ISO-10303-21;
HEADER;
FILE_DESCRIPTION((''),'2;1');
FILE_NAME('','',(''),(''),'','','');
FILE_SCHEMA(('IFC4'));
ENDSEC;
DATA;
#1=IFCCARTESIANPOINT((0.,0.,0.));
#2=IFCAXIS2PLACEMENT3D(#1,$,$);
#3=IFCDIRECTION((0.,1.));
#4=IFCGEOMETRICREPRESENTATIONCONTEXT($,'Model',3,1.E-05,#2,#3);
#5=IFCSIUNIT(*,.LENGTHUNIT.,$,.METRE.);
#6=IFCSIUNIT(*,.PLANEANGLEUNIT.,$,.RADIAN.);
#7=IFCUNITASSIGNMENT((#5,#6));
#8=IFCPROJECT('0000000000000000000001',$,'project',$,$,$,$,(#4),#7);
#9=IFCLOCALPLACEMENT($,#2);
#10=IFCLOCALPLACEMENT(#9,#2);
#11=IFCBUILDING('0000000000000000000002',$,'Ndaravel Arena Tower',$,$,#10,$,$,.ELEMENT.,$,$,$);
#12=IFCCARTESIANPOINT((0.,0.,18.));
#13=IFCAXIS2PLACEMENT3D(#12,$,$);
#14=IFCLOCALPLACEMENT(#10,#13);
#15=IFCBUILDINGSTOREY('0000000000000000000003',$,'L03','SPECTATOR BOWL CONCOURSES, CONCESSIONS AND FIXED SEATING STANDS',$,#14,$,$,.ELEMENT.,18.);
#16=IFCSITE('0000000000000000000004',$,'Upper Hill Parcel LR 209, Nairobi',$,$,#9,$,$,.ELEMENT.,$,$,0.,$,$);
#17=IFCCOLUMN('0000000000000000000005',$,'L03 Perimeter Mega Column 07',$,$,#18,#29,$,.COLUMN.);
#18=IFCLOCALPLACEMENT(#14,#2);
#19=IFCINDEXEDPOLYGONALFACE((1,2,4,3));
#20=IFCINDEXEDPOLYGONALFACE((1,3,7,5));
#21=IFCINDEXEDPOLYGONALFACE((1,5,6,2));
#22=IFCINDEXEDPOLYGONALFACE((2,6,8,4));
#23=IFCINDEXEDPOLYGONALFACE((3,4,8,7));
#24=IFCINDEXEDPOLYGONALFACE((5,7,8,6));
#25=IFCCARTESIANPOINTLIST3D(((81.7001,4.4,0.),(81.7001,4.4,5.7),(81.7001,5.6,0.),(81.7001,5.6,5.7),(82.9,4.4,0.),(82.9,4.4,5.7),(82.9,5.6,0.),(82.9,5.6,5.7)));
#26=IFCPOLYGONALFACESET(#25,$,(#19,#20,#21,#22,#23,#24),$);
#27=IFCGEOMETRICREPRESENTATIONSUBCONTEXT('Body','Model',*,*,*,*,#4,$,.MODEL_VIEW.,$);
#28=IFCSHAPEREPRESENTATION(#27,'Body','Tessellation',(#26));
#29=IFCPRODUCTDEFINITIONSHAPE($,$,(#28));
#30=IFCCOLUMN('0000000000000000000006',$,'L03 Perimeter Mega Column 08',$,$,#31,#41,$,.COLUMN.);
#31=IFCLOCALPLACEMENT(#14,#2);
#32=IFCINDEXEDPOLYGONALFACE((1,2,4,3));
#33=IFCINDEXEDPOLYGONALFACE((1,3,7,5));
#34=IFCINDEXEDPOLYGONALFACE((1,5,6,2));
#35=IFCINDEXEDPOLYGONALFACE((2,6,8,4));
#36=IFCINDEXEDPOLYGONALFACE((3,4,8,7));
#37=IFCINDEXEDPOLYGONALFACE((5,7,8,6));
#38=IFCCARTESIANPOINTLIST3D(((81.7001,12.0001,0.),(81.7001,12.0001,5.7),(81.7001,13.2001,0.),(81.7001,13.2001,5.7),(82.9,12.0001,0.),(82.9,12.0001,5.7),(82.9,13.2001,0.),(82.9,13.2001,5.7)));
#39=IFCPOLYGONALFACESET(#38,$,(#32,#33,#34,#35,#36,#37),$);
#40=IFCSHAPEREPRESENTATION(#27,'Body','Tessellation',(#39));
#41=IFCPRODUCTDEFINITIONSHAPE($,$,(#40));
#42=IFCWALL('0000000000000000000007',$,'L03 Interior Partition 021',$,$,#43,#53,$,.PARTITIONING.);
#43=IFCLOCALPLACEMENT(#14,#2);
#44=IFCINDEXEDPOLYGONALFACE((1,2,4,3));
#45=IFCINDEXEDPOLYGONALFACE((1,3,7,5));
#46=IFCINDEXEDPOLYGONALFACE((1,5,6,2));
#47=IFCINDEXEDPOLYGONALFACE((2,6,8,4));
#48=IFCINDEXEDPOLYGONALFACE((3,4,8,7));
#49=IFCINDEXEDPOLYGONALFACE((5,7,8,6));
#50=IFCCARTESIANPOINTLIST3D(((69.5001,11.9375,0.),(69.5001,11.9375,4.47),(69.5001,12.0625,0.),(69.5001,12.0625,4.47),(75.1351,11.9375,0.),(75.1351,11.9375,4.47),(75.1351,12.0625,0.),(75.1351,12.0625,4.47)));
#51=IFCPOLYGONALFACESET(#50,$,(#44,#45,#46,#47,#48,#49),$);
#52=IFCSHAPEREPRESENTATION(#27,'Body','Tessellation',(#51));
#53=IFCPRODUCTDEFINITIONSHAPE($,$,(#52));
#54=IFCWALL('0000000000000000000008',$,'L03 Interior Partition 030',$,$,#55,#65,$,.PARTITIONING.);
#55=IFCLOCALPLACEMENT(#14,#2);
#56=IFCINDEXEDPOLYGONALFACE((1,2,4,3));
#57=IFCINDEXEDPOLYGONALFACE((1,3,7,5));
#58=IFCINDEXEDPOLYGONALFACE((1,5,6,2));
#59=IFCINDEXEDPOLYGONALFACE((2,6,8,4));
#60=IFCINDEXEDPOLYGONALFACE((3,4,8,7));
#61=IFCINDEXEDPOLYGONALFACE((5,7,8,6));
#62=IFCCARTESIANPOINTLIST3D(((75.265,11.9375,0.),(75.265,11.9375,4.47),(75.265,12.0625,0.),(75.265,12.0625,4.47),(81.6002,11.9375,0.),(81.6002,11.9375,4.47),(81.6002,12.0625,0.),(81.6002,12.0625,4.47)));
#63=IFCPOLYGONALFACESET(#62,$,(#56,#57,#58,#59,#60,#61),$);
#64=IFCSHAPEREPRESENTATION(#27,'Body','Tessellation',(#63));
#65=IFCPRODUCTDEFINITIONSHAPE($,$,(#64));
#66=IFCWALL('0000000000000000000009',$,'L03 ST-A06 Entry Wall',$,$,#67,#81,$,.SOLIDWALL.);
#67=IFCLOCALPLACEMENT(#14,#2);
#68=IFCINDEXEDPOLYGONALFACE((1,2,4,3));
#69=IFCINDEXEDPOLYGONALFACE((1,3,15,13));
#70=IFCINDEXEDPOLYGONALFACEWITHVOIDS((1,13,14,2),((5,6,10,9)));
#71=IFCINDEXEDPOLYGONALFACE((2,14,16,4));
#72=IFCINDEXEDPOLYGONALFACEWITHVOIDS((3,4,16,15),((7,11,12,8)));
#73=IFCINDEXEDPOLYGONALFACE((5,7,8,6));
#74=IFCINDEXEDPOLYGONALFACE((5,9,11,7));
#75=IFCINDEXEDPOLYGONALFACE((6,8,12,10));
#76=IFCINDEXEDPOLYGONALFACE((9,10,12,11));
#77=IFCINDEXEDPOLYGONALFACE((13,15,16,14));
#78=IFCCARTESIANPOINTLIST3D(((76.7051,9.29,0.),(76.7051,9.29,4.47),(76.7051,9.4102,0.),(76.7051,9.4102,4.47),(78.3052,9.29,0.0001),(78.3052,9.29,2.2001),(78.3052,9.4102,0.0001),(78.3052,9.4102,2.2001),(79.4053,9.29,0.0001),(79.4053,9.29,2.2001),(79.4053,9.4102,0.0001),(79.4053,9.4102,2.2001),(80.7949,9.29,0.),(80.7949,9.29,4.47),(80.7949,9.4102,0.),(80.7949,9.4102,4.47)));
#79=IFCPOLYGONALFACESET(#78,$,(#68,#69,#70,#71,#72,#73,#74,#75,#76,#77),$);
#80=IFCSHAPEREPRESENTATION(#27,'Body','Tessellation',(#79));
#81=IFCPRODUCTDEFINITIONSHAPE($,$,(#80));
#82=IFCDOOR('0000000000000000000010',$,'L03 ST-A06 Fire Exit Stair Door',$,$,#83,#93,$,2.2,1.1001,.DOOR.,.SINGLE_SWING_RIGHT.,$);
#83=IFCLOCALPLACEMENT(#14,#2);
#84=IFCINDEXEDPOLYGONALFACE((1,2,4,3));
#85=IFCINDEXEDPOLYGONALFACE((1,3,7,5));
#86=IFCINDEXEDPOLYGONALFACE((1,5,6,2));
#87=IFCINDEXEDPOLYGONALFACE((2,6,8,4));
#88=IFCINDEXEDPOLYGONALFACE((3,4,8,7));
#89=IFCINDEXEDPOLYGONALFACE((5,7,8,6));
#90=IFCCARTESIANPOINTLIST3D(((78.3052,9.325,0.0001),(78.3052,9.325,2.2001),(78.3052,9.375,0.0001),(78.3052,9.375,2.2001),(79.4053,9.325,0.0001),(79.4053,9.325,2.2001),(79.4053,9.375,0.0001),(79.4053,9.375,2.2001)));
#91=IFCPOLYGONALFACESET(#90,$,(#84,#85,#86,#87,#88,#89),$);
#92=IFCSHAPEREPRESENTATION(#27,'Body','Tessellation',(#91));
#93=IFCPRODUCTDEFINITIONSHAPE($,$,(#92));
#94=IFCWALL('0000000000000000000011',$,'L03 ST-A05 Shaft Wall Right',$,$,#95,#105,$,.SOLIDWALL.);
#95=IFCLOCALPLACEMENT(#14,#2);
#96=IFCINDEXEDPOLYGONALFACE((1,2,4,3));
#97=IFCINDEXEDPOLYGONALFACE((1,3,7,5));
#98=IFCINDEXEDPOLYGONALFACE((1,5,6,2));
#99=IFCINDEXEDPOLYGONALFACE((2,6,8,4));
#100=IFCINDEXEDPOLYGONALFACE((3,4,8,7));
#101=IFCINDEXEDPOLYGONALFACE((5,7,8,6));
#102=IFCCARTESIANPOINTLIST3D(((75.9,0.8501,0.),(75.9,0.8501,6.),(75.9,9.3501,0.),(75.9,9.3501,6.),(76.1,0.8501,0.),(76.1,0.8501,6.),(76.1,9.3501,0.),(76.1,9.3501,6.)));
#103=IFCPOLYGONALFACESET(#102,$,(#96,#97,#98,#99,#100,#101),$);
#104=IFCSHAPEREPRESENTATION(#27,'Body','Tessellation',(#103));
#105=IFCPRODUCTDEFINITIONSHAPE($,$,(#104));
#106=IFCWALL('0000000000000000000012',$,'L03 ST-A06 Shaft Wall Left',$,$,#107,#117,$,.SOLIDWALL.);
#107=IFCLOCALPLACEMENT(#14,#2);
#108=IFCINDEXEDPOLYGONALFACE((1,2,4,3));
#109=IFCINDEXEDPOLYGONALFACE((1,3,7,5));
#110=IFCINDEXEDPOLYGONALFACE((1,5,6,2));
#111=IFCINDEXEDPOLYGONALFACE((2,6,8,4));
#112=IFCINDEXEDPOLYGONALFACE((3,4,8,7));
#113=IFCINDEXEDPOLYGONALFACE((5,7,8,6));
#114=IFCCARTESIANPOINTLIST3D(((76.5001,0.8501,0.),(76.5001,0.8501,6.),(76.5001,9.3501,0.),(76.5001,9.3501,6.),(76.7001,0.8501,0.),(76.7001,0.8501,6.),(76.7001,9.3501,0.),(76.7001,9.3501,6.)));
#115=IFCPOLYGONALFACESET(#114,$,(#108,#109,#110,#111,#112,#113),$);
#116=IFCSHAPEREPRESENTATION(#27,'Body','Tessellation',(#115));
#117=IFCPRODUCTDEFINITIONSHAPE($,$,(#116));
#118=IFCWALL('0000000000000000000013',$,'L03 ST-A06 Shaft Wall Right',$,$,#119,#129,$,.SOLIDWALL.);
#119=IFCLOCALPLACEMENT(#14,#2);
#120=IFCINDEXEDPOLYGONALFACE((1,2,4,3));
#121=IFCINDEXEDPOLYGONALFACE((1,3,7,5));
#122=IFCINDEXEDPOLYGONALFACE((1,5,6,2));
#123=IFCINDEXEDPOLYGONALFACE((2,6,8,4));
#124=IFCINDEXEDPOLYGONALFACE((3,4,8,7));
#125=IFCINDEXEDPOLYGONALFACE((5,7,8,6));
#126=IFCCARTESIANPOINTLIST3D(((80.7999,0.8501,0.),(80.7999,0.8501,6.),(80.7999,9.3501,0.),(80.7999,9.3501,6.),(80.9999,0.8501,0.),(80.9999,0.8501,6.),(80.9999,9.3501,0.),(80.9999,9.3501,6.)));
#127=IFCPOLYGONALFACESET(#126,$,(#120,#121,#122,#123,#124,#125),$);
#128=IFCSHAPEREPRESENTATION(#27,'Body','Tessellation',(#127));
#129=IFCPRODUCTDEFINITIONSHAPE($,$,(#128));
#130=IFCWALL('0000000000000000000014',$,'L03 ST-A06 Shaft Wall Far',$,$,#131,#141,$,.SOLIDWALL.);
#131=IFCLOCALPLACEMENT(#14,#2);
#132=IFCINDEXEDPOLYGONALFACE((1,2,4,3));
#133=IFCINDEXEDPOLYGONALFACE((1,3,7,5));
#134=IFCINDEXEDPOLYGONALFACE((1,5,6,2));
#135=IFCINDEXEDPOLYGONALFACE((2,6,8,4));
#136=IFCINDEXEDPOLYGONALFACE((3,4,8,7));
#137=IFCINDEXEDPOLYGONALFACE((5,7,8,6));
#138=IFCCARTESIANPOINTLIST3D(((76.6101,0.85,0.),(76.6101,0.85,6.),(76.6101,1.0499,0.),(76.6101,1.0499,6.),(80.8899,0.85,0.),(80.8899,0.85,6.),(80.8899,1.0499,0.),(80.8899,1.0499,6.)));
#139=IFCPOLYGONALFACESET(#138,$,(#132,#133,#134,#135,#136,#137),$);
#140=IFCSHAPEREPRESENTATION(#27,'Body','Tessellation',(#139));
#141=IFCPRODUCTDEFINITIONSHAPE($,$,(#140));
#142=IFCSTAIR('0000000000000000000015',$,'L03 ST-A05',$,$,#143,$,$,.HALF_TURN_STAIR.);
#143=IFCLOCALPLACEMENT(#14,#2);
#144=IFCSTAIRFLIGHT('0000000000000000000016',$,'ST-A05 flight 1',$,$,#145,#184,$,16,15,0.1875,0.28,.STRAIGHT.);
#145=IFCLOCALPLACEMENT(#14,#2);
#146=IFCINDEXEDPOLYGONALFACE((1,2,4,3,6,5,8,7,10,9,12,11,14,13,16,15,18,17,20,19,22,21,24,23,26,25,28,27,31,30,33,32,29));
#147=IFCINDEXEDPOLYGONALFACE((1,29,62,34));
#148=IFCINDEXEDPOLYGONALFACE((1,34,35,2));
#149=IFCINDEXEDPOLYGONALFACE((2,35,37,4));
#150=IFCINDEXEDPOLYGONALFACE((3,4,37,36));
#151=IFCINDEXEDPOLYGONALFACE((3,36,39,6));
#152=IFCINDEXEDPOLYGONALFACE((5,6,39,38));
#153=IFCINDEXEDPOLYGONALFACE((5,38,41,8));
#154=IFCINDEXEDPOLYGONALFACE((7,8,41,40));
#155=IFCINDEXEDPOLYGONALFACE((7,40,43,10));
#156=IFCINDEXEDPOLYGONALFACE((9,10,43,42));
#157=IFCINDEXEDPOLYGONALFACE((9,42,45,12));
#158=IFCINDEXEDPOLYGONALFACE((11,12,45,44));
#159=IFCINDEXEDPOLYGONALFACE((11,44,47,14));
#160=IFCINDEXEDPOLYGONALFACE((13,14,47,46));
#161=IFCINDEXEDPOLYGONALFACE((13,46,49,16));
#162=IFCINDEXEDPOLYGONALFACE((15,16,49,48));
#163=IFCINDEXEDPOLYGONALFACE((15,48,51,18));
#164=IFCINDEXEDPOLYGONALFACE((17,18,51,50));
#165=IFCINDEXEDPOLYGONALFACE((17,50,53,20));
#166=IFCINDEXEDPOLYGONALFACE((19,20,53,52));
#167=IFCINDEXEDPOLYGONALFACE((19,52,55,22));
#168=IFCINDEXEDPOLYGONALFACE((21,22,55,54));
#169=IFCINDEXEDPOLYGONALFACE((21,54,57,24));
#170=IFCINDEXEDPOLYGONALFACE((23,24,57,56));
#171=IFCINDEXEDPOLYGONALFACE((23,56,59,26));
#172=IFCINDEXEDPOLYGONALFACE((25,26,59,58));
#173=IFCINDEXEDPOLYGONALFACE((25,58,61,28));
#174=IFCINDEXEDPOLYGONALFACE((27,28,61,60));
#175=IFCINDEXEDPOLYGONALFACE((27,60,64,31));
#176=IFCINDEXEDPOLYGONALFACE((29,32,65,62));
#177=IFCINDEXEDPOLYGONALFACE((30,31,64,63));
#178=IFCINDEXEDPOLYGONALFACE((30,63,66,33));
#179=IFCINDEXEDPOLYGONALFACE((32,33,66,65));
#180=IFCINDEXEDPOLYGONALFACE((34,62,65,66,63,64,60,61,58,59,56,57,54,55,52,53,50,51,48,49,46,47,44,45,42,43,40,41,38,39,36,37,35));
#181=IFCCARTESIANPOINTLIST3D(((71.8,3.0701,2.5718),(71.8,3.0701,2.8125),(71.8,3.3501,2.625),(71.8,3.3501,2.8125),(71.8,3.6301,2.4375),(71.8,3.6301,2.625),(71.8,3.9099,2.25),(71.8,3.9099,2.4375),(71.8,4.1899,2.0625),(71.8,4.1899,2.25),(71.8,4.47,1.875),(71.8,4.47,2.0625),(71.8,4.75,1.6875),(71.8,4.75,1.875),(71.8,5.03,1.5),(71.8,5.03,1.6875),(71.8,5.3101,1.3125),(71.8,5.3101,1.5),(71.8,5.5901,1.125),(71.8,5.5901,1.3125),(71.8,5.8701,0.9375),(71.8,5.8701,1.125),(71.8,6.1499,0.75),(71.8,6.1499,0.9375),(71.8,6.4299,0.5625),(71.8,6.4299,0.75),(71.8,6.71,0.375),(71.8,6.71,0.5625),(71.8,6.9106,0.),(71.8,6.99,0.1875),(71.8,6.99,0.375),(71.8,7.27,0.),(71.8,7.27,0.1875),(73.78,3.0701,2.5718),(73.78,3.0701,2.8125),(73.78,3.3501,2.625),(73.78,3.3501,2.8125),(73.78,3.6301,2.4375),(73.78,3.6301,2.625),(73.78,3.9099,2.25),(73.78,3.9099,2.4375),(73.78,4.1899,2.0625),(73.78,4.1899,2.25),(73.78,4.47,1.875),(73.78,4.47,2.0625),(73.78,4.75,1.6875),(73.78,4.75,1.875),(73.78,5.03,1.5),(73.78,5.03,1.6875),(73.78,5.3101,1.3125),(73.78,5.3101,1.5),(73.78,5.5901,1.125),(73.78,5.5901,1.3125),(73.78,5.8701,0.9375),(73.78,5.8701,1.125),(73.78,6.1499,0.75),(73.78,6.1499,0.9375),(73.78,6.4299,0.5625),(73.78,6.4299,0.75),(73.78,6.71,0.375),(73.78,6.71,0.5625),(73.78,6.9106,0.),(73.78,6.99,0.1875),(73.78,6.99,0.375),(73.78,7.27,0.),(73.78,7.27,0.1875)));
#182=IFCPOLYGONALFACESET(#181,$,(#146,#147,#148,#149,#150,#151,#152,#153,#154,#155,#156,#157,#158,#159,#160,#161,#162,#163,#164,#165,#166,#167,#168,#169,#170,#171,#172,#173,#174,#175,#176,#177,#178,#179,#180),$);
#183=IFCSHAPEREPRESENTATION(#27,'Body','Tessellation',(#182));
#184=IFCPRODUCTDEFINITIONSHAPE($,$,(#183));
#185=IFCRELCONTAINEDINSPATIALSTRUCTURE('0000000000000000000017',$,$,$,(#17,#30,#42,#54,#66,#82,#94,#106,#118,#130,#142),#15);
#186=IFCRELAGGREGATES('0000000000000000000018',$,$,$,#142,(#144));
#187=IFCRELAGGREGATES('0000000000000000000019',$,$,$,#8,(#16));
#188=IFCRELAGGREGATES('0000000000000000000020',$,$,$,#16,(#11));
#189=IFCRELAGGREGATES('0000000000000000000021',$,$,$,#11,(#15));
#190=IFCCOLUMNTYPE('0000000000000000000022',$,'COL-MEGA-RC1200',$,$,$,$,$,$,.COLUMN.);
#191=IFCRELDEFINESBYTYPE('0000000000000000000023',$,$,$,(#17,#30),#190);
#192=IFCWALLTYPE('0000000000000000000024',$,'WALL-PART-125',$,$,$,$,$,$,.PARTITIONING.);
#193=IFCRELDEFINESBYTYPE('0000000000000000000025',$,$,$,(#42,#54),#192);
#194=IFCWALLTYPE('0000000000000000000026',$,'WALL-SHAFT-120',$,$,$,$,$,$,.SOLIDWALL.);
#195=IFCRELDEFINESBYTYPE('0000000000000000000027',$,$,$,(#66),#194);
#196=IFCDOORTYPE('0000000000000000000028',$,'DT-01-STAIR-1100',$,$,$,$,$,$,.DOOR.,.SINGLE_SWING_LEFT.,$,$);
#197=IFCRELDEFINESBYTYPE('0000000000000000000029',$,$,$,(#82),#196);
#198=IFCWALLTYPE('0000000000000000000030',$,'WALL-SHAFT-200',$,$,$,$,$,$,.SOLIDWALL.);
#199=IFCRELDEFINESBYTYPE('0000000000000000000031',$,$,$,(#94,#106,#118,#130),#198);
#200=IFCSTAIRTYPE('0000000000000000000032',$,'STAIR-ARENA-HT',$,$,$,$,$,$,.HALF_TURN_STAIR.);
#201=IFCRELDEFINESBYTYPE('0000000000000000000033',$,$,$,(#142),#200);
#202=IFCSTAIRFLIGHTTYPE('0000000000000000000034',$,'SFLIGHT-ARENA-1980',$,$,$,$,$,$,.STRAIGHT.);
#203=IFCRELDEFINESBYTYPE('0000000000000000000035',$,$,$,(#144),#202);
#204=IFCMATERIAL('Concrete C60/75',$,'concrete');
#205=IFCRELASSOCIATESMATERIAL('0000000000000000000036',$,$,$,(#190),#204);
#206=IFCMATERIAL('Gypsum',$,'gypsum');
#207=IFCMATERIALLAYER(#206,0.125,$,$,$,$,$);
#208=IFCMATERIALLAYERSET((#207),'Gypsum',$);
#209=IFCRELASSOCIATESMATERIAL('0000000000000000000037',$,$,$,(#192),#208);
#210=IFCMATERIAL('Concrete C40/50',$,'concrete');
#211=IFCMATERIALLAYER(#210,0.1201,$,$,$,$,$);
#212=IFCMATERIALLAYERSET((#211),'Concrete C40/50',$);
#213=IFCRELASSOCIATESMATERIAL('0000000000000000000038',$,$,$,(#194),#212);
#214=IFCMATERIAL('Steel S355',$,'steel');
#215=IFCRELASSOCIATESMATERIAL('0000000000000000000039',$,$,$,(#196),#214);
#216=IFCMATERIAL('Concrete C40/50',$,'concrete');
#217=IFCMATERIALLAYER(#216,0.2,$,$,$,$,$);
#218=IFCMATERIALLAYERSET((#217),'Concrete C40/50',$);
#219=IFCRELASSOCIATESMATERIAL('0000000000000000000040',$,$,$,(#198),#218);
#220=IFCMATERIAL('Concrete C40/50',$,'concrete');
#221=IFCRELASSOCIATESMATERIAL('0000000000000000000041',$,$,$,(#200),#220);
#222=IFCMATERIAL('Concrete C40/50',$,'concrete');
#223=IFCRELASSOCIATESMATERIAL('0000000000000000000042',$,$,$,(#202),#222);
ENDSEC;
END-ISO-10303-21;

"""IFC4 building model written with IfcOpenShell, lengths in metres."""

from ifc_helpers import new_model, si_unit, direction, frame, frame_2d, origin, origin_2d, place, context, subcontext, project, spatial, polyline, rectangle, outline, extrude, material, layer, layer_set, material_profile, profile_set, type_object, element, fill, aggregate, save


model = new_model("IFC4")

# Units and contexts
model_context = context("Model", 3, precision=1e-05, world=origin(), true_north=direction((0.0, 1.0)))
body_context = subcontext(model_context, "Body", "Model", "MODEL_VIEW")
ifc_project = project(units=[si_unit("LENGTHUNIT", "METRE"), si_unit("PLANEANGLEUNIT", "RADIAN")], contexts=[model_context])

# Site, building, storey
site_placement = place(None, origin())
site = spatial("IfcSite", under=ifc_project, at=site_placement, Name="Upper Hill Parcel LR 209, Nairobi", CompositionType="ELEMENT", RefElevation=0.0)
building_placement = place(site_placement, origin())
building = spatial("IfcBuilding", under=site, at=building_placement, Name="Ndaravel Arena Tower", CompositionType="ELEMENT")
storey_placement = place(building_placement, frame((0.0, 0.0, 18.0)))
storey = spatial("IfcBuildingStorey", under=building, at=storey_placement, Name="L03", Description="SPECTATOR BOWL CONCOURSES, CONCESSIONS AND FIXED SEATING STANDS", CompositionType="ELEMENT", Elevation=18.0)

# Columns
ifc_material_1 = material(Name="Concrete C60/75", Category="concrete")
ifc_material_profile = material_profile(ifc_material_1, rectangle(XDim=1.2, YDim=1.2, at=origin_2d()), Name="RC 1200x1200")
ifc_profile_set = profile_set([ifc_material_profile], Name="Concrete C60/75")
column_type = type_object("IfcColumnType", Name="COL-MEGA-RC1200", PredefinedType="COLUMN", material=ifc_profile_set)
for number, where, z_axis, x_axis, name in (
    (1, (82.3, 5.0, 0.0), (0.0, 0.0, 1.0), (1.0, 0.0, 0.0), "L03 Perimeter Mega Column 07"),
    (2, (82.3, 12.6001, 0.0), (0.0, 0.0, 1.0), (1.0, 0.0, 0.0), "L03 Perimeter Mega Column 08"),
):
    element("IfcColumn", number, at=place(storey_placement, frame(where, z_axis=z_axis, x_axis=x_axis)), inside=storey, type_object=column_type, Name=name, PredefinedType="COLUMN", context=body_context, shape_type="SweptSolid", body=[
        extrude(rectangle(XDim=1.2, YDim=1.2, at=origin_2d()), origin(), (0.0, 0.0, 1.0), 5.7),
    ])

# Walls
ifc_material_2 = material(Name="Gypsum", Category="gypsum")
ifc_layer_1 = layer(ifc_material_2, 0.125)
ifc_layer_set_1 = layer_set([ifc_layer_1], Name="Gypsum")
wall_type_1 = type_object("IfcWallType", Name="WALL-PART-125", PredefinedType="PARTITIONING", material=ifc_layer_set_1)
wall_1_placement = place(storey_placement, frame((75.135, 12.0, 0.0), z_axis=(0.0, 0.0, 1.0), x_axis=(-1.0, 0.0, 0.0)))
element("IfcWall", 3, at=wall_1_placement, inside=storey, type_object=wall_type_1, Name="L03 Interior Partition 021", PredefinedType="PARTITIONING", context=body_context, shape_type="SweptSolid", body=[
    extrude(rectangle(XDim=5.635, YDim=0.125, at=frame_2d((2.8174, 0.0))), origin(), (0.0, 0.0, 1.0), 4.47),
])
wall_2_placement = place(storey_placement, frame((81.6001, 12.0, 0.0), z_axis=(0.0, 0.0, 1.0), x_axis=(-1.0, 0.0, 0.0)))
element("IfcWall", 4, at=wall_2_placement, inside=storey, type_object=wall_type_1, Name="L03 Interior Partition 030", PredefinedType="PARTITIONING", context=body_context, shape_type="SweptSolid", body=[
    extrude(rectangle(XDim=6.3352, YDim=0.125, at=frame_2d((3.1675, 0.0))), origin(), (0.0, 0.0, 1.0), 4.47),
])

# Wall, opening, door
ifc_material_3 = material(Name="Concrete C40/50", Category="concrete")
ifc_layer_2 = layer(ifc_material_3, 0.1201)
ifc_layer_set_2 = layer_set([ifc_layer_2], Name="Concrete C40/50")
wall_type_2 = type_object("IfcWallType", Name="WALL-SHAFT-120", PredefinedType="SOLIDWALL", material=ifc_layer_set_2)
wall_3_placement = place(storey_placement, frame((76.7051, 9.3501, 0.0), z_axis=(0.0, 0.0, 1.0), x_axis=(1.0, 0.0, 0.0)))
wall_3 = element("IfcWall", 5, at=wall_3_placement, inside=storey, type_object=wall_type_2, Name="L03 ST-A06 Entry Wall", PredefinedType="SOLIDWALL", context=body_context, shape_type="SweptSolid", body=[
    extrude(rectangle(XDim=4.0898, YDim=0.1201, at=frame_2d((2.0449, 0.0))), origin(), (0.0, 0.0, 1.0), 4.47),
])
opening_1_placement = place(wall_3_placement, frame((1.6001, 0.0, 0.0)))
opening_1 = element("IfcOpeningElement", 6, at=opening_1_placement, cuts=wall_3, PredefinedType="OPENING", context=body_context, shape_type="SweptSolid", body=[
    extrude(rectangle(XDim=1.1001, YDim=2.2, at=frame_2d((0.55, 1.1001))), frame((0.0, 0.0601, 0.0), z_axis=(0.0, -1.0, 0.0), x_axis=(1.0, 0.0, 0.0)), (0.0, 0.0, 1.0), 0.1201),
])
ifc_material_4 = material(Name="Steel S355", Category="steel")
door_type = type_object("IfcDoorType", Name="DT-01-STAIR-1100", OperationType="SINGLE_SWING_LEFT", PredefinedType="DOOR", material=ifc_material_4)
door_placement = place(opening_1_placement, origin())
door = element("IfcDoor", 7, at=door_placement, inside=storey, type_object=door_type, Name="L03 ST-A06 Fire Exit Stair Door", OperationType="SINGLE_SWING_RIGHT", OverallHeight=2.2, OverallWidth=1.1001, PredefinedType="DOOR", context=body_context, shape_type="SweptSolid", body=[
    extrude(rectangle(XDim=1.1001, YDim=2.2, at=frame_2d((0.55, 1.1001))), frame((0.0, 0.0249, 0.0), z_axis=(0.0, -1.0, 0.0), x_axis=(1.0, 0.0, 0.0)), (0.0, 0.0, 1.0), 0.05),
])
fill(opening_1, door)

# Walls
ifc_material_5 = material(Name="Concrete C40/50", Category="concrete")
ifc_layer_3 = layer(ifc_material_5, 0.2)
ifc_layer_set_3 = layer_set([ifc_layer_3], Name="Concrete C40/50")
wall_type_3 = type_object("IfcWallType", Name="WALL-SHAFT-200", PredefinedType="SOLIDWALL", material=ifc_layer_set_3)
for number, where, z_axis, x_axis, name in (
    (8, (76.0, 9.3501, 0.0), (0.0, 0.0, 1.0), (0.0, -1.0, 0.0), "L03 ST-A05 Shaft Wall Right"),
    (9, (76.6001, 9.3501, 0.0), (0.0, 0.0, 1.0), (0.0, -1.0, 0.0), "L03 ST-A06 Shaft Wall Left"),
    (10, (80.8999, 9.3501, 0.0), (0.0, 0.0, 1.0), (0.0, -1.0, 0.0), "L03 ST-A06 Shaft Wall Right"),
):
    element("IfcWall", number, at=place(storey_placement, frame(where, z_axis=z_axis, x_axis=x_axis)), inside=storey, type_object=wall_type_3, Name=name, PredefinedType="SOLIDWALL", context=body_context, shape_type="SweptSolid", body=[
        extrude(rectangle(XDim=8.5, YDim=0.2, at=frame_2d((4.25, 0.0))), origin(), (0.0, 0.0, 1.0), 6.0),
    ])
wall_4_placement = place(storey_placement, frame((76.6101, 0.95, 0.0), z_axis=(0.0, 0.0, 1.0), x_axis=(1.0, 0.0, 0.0)))
element("IfcWall", 11, at=wall_4_placement, inside=storey, type_object=wall_type_3, Name="L03 ST-A06 Shaft Wall Far", PredefinedType="SOLIDWALL", context=body_context, shape_type="SweptSolid", body=[
    extrude(rectangle(XDim=4.2798, YDim=0.2, at=frame_2d((2.1399, 0.0))), origin(), (0.0, 0.0, 1.0), 6.0),
])

# Stair, stair flight
ifc_material_6 = material(Name="Concrete C40/50", Category="concrete")
stair_type = type_object("IfcStairType", Name="STAIR-ARENA-HT", PredefinedType="HALF_TURN_STAIR", material=ifc_material_6)
stair_1_placement = place(storey_placement, origin())
stair_1 = element("IfcStair", 12, at=stair_1_placement, inside=storey, type_object=stair_type, Name="L03 ST-A05", PredefinedType="HALF_TURN_STAIR")
ifc_material_7 = material(Name="Concrete C40/50", Category="concrete")
stair_flight_type = type_object("IfcStairFlightType", Name="SFLIGHT-ARENA-1980", PredefinedType="STRAIGHT", material=ifc_material_7)
stair_flight_1_placement = place(storey_placement, frame((72.79, 7.27, 0.0), z_axis=(0.0, 0.0, 1.0), x_axis=(0.0, -1.0, 0.0)))
stair_flight_1 = element("IfcStairFlight", 13, at=stair_flight_1_placement, type_object=stair_flight_type, Name="ST-A05 flight 1", NumberOfRisers=16, NumberOfTreads=15, PredefinedType="STRAIGHT", RiserHeight=0.1875, TreadLength=0.28, context=body_context, shape_type="SweptSolid", body=[
    extrude(outline(polyline([(0.0, 0.0), (0.0, 0.1875), (0.28, 0.1875), (0.28, 0.375), (0.5601, 0.375), (0.5601, 0.5625), (0.8401, 0.5625), (0.8401, 0.75), (1.1201, 0.75), (1.1201, 0.9375), (1.3999, 0.9375), (1.3999, 1.125), (1.6799, 1.125), (1.6799, 1.3125), (1.96, 1.3125), (1.96, 1.5), (2.24, 1.5), (2.24, 1.6875), (2.52, 1.6875), (2.52, 1.875), (2.8, 1.875), (2.8, 2.0625), (3.0801, 2.0625), (3.0801, 2.25), (3.3601, 2.25), (3.3601, 2.4375), (3.6399, 2.4375), (3.6399, 2.625), (3.9199, 2.625), (3.9199, 2.8125), (4.2, 2.8125), (4.2, 3.0), (4.2, 2.5718), (0.3594, 0.0), (0.0, 0.0)])), frame((0.0, 0.99, 0.0), z_axis=(0.0, -1.0, 0.0), x_axis=(1.0, 0.0, 0.0)), (0.0, 0.0, 1.0), 1.98),
])
aggregate(stair_1, [stair_flight_1])

save(model, "model.ifc")
